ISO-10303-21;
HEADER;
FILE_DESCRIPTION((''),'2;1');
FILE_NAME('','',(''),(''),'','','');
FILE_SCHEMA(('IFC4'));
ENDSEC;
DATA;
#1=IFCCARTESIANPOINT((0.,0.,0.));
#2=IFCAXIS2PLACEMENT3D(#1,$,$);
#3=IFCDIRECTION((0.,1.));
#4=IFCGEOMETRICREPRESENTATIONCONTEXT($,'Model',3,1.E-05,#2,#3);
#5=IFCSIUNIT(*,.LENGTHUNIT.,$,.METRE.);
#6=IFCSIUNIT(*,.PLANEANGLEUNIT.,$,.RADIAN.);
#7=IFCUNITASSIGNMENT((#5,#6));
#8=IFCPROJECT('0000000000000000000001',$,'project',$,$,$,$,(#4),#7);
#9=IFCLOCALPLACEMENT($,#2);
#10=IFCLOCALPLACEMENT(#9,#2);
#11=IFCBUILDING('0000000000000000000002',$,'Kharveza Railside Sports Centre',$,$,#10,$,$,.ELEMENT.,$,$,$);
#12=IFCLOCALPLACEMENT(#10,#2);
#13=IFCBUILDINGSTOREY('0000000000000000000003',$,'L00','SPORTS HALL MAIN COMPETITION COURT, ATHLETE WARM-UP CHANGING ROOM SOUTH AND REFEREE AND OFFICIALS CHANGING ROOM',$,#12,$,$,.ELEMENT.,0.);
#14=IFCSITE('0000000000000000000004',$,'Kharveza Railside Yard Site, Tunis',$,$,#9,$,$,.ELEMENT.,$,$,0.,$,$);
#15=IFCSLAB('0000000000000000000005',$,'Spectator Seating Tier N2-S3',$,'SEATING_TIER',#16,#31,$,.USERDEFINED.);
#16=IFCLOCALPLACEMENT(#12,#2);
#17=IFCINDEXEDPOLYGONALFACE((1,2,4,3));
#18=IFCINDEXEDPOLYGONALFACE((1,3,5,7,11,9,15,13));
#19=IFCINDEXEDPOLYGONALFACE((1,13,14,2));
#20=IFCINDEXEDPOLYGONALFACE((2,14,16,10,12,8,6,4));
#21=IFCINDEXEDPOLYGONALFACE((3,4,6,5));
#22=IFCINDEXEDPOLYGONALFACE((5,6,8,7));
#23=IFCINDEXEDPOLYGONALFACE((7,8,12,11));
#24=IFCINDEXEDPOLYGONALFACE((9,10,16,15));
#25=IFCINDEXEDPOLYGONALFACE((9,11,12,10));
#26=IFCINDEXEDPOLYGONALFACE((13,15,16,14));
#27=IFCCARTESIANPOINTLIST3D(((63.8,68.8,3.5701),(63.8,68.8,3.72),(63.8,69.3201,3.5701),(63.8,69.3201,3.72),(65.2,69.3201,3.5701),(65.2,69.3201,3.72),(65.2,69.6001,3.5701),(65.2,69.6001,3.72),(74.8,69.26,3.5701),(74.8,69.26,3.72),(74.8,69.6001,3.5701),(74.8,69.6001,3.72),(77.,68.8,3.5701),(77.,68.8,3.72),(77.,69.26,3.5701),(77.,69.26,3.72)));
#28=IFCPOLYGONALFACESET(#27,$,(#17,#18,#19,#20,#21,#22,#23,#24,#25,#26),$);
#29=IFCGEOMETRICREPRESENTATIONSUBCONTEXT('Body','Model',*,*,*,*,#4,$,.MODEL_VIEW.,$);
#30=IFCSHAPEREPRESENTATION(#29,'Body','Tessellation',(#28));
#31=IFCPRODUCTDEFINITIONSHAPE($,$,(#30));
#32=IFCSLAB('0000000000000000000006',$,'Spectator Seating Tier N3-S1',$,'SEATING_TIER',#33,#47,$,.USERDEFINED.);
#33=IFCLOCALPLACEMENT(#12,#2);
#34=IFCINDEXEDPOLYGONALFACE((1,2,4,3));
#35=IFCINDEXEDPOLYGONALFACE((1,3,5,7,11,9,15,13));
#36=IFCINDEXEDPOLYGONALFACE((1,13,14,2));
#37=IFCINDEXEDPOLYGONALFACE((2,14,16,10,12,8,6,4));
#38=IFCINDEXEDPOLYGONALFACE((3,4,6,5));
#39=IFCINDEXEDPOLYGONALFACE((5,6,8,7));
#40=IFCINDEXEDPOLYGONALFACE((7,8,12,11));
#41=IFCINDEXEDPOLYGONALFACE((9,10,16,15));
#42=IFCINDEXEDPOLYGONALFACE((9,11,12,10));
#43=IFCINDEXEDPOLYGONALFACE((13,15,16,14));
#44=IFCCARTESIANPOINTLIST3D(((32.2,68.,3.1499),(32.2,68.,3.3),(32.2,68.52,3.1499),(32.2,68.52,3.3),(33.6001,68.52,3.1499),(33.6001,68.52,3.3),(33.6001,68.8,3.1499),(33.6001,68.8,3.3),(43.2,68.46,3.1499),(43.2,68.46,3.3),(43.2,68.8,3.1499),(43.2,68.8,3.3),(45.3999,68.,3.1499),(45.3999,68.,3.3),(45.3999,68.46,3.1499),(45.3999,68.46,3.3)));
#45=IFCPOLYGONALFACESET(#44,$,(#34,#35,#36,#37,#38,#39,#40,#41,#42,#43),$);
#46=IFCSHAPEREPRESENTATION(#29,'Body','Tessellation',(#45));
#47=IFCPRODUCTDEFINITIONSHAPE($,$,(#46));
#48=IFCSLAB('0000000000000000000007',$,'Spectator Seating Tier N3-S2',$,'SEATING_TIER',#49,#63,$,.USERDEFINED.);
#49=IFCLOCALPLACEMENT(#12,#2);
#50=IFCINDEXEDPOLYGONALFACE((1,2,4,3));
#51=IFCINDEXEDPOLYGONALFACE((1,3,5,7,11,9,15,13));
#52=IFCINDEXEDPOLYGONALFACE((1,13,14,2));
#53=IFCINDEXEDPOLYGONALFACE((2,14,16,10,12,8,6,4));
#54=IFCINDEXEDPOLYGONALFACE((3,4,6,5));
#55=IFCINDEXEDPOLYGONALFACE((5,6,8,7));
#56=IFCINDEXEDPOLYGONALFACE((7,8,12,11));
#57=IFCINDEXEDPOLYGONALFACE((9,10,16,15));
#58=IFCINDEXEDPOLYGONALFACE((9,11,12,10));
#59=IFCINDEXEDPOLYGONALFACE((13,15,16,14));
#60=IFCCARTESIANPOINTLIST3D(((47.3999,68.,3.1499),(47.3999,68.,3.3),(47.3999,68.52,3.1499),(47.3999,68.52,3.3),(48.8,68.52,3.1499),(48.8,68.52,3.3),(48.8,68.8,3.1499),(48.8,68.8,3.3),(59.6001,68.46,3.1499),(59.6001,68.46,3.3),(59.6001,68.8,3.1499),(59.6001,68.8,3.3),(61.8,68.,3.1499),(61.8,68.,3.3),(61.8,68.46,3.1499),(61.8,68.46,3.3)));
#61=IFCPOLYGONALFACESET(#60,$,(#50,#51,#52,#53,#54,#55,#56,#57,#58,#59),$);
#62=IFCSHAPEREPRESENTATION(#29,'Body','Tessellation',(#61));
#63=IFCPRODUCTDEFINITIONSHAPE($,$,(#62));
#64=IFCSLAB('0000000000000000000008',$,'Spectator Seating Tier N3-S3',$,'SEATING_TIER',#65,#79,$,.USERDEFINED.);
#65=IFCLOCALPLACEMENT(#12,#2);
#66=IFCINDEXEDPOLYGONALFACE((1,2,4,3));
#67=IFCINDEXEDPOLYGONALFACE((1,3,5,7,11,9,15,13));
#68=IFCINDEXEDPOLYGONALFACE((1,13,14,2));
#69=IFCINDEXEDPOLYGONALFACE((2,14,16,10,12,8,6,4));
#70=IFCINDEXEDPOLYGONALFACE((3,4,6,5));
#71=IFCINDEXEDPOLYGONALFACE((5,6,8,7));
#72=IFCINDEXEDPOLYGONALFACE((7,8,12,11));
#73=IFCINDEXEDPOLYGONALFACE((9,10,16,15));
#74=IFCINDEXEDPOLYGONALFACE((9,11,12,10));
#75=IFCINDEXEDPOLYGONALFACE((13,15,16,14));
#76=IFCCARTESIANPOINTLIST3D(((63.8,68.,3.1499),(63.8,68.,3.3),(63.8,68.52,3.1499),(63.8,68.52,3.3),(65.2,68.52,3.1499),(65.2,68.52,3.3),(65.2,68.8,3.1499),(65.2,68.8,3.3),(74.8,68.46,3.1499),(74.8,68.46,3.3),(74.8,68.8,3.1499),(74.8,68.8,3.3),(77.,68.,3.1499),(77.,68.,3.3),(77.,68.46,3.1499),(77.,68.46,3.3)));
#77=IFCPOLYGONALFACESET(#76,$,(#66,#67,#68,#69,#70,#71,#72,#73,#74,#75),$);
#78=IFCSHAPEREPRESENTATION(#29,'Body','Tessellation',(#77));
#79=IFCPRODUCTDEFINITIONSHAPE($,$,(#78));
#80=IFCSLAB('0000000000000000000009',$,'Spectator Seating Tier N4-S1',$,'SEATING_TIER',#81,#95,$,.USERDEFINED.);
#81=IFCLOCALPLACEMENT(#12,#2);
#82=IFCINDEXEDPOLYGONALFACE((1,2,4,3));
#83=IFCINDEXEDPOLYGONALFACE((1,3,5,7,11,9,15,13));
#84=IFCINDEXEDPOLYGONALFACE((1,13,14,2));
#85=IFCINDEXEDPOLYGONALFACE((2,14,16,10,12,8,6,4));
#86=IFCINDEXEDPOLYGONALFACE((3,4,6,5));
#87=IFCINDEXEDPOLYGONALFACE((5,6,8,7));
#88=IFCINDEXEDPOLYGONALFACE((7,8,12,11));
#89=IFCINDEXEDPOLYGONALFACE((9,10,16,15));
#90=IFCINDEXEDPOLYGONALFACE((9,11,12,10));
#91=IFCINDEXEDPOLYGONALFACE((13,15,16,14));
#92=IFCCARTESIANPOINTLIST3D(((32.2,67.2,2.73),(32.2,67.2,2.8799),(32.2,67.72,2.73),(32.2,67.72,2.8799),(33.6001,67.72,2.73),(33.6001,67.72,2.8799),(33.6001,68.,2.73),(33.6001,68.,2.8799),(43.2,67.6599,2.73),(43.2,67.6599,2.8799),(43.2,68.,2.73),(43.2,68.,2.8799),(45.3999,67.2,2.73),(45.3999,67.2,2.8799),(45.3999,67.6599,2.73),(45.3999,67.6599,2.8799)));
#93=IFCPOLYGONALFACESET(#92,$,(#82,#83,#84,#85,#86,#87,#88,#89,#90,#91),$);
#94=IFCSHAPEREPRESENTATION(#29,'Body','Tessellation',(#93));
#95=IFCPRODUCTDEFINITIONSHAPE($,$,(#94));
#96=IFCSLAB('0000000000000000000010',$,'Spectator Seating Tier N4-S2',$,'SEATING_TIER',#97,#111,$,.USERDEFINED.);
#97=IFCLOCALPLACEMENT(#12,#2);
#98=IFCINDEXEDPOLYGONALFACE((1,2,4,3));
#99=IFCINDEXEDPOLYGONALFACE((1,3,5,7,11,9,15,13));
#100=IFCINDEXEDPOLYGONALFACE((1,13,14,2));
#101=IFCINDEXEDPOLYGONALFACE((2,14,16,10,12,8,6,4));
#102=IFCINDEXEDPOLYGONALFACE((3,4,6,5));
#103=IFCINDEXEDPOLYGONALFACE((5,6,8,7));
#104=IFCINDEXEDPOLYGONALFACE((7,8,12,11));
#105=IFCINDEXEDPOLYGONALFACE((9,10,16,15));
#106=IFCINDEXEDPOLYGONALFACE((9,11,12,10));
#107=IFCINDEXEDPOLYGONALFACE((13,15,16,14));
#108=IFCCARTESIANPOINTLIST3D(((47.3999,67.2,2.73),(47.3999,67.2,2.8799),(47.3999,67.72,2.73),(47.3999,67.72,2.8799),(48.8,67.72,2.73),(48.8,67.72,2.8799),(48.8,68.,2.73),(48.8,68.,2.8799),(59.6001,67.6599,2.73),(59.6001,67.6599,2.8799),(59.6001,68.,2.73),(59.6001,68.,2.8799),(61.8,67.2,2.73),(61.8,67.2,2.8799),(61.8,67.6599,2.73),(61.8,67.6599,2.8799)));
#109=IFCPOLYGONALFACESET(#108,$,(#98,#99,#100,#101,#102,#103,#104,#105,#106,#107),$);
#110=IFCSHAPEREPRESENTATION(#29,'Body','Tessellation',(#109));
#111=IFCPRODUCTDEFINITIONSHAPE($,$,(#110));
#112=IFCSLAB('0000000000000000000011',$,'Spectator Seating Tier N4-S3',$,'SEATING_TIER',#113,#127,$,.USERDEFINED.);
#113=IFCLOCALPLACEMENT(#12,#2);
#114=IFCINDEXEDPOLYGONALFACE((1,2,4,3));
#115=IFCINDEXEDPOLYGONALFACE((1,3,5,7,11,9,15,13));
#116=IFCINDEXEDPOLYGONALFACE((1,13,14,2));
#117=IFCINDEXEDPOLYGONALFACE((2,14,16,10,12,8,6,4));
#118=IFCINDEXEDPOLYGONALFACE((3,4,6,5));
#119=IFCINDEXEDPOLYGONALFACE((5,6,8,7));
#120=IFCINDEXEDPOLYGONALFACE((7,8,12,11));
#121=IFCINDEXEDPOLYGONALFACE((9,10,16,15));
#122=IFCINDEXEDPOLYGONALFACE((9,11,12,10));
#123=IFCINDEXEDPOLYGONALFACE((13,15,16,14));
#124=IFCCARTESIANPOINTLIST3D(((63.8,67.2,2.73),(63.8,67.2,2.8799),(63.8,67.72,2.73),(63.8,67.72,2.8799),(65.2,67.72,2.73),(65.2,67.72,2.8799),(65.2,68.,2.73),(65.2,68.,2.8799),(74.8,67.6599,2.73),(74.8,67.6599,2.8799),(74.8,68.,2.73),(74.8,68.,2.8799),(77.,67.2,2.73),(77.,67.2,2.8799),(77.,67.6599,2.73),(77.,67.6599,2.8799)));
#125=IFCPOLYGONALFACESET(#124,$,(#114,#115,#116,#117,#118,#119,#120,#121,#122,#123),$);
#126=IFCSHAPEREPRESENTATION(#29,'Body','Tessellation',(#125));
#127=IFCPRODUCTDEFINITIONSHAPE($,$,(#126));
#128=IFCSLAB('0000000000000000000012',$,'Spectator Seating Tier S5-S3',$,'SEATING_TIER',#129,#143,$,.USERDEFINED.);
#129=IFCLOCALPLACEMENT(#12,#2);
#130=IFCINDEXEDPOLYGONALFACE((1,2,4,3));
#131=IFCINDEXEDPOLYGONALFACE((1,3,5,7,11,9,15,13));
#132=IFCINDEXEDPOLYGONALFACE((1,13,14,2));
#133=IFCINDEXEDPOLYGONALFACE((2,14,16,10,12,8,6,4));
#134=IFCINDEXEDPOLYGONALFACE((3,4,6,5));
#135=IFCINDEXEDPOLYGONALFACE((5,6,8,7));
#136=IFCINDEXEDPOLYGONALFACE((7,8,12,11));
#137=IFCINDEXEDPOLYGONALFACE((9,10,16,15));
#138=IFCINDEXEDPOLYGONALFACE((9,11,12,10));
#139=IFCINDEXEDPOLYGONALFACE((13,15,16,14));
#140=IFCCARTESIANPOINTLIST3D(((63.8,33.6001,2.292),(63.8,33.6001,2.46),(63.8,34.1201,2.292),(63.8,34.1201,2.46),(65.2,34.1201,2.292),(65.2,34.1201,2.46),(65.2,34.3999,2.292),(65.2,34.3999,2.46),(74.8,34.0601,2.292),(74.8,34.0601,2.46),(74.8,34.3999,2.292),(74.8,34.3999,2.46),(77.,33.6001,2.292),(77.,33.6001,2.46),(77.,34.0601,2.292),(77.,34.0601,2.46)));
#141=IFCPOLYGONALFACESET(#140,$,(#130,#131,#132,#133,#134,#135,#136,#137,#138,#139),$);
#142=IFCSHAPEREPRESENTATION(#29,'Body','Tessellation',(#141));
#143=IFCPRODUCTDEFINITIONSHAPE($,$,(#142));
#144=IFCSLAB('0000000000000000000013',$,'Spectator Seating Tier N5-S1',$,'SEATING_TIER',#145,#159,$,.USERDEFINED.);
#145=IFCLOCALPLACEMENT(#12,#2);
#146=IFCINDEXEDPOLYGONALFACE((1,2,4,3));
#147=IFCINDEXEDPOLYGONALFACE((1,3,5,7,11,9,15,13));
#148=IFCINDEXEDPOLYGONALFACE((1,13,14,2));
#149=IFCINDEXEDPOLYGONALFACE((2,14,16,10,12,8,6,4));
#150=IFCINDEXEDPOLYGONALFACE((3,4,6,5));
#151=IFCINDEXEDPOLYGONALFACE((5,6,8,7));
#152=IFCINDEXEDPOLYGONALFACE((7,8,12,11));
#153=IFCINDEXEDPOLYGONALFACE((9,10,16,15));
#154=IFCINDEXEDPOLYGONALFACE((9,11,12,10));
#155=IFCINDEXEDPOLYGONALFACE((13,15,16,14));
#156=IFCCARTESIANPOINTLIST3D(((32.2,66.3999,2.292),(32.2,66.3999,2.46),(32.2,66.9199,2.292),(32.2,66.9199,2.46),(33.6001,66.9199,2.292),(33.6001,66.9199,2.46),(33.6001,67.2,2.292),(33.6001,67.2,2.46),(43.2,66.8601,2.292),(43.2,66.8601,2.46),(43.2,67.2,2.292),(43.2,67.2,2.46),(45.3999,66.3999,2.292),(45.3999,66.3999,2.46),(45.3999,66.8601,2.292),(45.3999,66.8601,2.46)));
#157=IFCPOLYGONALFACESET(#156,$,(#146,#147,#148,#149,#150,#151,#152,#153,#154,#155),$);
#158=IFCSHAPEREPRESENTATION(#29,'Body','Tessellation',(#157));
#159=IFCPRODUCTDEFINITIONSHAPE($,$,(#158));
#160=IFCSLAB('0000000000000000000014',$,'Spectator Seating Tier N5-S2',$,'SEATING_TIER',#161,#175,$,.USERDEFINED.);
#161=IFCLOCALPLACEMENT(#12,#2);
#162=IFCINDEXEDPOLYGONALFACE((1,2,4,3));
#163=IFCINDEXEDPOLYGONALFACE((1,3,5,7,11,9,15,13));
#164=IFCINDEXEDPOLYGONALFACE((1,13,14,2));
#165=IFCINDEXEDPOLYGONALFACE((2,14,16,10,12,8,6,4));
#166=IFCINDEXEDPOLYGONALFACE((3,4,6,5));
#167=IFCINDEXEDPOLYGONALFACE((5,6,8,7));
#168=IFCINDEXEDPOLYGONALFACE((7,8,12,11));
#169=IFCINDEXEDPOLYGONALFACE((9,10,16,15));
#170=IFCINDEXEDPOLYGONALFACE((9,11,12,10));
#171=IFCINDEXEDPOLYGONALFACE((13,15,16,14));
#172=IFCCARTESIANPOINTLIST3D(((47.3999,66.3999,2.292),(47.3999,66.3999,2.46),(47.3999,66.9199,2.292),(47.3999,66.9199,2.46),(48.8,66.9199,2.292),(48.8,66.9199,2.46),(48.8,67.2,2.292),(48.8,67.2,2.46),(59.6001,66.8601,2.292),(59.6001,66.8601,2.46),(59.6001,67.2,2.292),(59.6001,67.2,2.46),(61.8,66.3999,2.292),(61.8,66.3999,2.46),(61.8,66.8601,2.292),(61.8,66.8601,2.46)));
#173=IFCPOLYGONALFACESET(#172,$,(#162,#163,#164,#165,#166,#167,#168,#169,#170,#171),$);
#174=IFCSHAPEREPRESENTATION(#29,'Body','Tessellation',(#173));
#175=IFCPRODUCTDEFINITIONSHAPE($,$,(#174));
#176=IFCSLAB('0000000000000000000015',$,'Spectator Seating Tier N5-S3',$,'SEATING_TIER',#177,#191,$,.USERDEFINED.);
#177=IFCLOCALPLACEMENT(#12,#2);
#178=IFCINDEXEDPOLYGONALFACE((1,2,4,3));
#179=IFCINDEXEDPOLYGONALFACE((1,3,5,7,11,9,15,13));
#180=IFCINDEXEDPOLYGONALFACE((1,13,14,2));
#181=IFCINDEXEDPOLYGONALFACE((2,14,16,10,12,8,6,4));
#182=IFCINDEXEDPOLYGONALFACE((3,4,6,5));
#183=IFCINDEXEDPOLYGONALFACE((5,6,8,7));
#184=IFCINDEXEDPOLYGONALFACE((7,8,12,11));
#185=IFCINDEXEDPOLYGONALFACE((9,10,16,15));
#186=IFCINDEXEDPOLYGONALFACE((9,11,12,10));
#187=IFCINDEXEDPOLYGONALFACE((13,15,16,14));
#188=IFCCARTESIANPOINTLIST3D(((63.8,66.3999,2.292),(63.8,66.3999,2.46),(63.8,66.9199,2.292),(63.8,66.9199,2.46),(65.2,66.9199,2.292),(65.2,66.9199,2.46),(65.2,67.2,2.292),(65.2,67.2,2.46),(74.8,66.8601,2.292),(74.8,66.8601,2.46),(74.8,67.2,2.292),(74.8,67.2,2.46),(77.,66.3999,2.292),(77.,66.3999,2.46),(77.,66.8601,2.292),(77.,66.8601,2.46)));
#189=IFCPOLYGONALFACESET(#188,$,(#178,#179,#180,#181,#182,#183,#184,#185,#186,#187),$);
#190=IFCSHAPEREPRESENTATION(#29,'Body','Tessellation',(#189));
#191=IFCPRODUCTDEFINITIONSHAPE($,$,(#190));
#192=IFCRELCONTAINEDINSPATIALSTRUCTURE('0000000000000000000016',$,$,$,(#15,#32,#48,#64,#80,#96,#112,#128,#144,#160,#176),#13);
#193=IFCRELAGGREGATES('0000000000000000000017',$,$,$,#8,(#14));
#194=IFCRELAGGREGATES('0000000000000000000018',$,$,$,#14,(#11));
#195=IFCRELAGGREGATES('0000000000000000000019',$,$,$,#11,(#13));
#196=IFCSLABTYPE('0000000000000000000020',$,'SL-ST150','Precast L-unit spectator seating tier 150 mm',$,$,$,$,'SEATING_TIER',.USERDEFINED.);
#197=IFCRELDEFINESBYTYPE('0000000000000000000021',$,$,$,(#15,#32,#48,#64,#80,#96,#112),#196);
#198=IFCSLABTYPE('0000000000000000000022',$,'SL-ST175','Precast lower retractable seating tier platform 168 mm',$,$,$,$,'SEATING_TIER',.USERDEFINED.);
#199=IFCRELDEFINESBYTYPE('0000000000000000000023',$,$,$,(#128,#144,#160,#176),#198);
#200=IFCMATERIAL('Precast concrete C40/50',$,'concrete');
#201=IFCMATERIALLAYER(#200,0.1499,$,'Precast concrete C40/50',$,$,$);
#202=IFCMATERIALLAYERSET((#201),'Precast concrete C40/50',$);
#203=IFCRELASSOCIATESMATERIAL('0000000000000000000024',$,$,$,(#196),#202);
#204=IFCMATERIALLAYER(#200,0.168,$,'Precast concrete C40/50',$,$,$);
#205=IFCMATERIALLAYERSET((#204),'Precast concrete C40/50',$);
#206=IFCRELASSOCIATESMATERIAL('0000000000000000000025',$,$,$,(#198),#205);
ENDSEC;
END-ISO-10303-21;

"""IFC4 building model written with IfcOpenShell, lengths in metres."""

from ifc_helpers import new_model, si_unit, direction, frame, origin, place, context, subcontext, project, spatial, polyline, outline, extrude, material, layer, layer_set, type_object, element, save


model = new_model("IFC4")

# Units and contexts
model_context = context("Model", 3, precision=1e-05, world=origin(), true_north=direction((0.0, 1.0)))
body_context = subcontext(model_context, "Body", "Model", "MODEL_VIEW")
ifc_project = project(units=[si_unit("LENGTHUNIT", "METRE"), si_unit("PLANEANGLEUNIT", "RADIAN")], contexts=[model_context])

# Site, building, storey
site_placement = place(None, origin())
site = spatial("IfcSite", under=ifc_project, at=site_placement, Name="Kharveza Railside Yard Site, Tunis", CompositionType="ELEMENT", RefElevation=0.0)
building_placement = place(site_placement, origin())
building = spatial("IfcBuilding", under=site, at=building_placement, Name="Kharveza Railside Sports Centre", CompositionType="ELEMENT")
storey_placement = place(building_placement, origin())
storey = spatial("IfcBuildingStorey", under=building, at=storey_placement, Name="L00", Description="SPORTS HALL MAIN COMPETITION COURT, ATHLETE WARM-UP CHANGING ROOM SOUTH AND REFEREE AND OFFICIALS CHANGING ROOM", CompositionType="ELEMENT", Elevation=0.0)

# Slabs
ifc_material = material(Name="Precast concrete C40/50", Category="concrete")
ifc_layer_1 = layer(ifc_material, 0.1499, Name="Precast concrete C40/50")
ifc_layer_set_1 = layer_set([ifc_layer_1], Name="Precast concrete C40/50")
slab_type_1 = type_object("IfcSlabType", Name="SL-ST150", Description="Precast L-unit spectator seating tier 150 mm", ElementType="SEATING_TIER", PredefinedType="USERDEFINED", material=ifc_layer_set_1)
slab_1_placement = place(storey_placement, frame((0.0, 0.0, 3.5701)))
element("IfcSlab", 1, at=slab_1_placement, inside=storey, type_object=slab_type_1, Name="Spectator Seating Tier N2-S3", ObjectType="SEATING_TIER", PredefinedType="USERDEFINED", context=body_context, shape_type="SweptSolid", body=[
    extrude(outline(polyline([(63.8, 68.8), (77.0, 68.8), (77.0, 69.26), (74.8, 69.26), (74.8, 69.6001), (65.2, 69.6001), (65.2, 69.3201), (63.8, 69.3201), (63.8, 68.8)])), origin(), (0.0, 0.0, 1.0), 0.1499),
])
slab_2_placement = place(storey_placement, frame((0.0, 0.0, 3.1499)))
element("IfcSlab", 2, at=slab_2_placement, inside=storey, type_object=slab_type_1, Name="Spectator Seating Tier N3-S1", ObjectType="SEATING_TIER", PredefinedType="USERDEFINED", context=body_context, shape_type="SweptSolid", body=[
    extrude(outline(polyline([(32.2, 68.0), (45.3999, 68.0), (45.3999, 68.46), (43.2, 68.46), (43.2, 68.8), (33.6001, 68.8), (33.6001, 68.52), (32.2, 68.52), (32.2, 68.0)])), origin(), (0.0, 0.0, 1.0), 0.1501),
])
slab_3_placement = place(storey_placement, frame((0.0, 0.0, 3.1499)))
element("IfcSlab", 3, at=slab_3_placement, inside=storey, type_object=slab_type_1, Name="Spectator Seating Tier N3-S2", ObjectType="SEATING_TIER", PredefinedType="USERDEFINED", context=body_context, shape_type="SweptSolid", body=[
    extrude(outline(polyline([(47.3999, 68.0), (61.8, 68.0), (61.8, 68.46), (59.6001, 68.46), (59.6001, 68.8), (48.8, 68.8), (48.8, 68.52), (47.3999, 68.52), (47.3999, 68.0)])), origin(), (0.0, 0.0, 1.0), 0.1501),
])
slab_4_placement = place(storey_placement, frame((0.0, 0.0, 3.1499)))
element("IfcSlab", 4, at=slab_4_placement, inside=storey, type_object=slab_type_1, Name="Spectator Seating Tier N3-S3", ObjectType="SEATING_TIER", PredefinedType="USERDEFINED", context=body_context, shape_type="SweptSolid", body=[
    extrude(outline(polyline([(63.8, 68.0), (77.0, 68.0), (77.0, 68.46), (74.8, 68.46), (74.8, 68.8), (65.2, 68.8), (65.2, 68.52), (63.8, 68.52), (63.8, 68.0)])), origin(), (0.0, 0.0, 1.0), 0.1501),
])
slab_5_placement = place(storey_placement, frame((0.0, 0.0, 2.73)))
element("IfcSlab", 5, at=slab_5_placement, inside=storey, type_object=slab_type_1, Name="Spectator Seating Tier N4-S1", ObjectType="SEATING_TIER", PredefinedType="USERDEFINED", context=body_context, shape_type="SweptSolid", body=[
    extrude(outline(polyline([(32.2, 67.2), (45.3999, 67.2), (45.3999, 67.6599), (43.2, 67.6599), (43.2, 68.0), (33.6001, 68.0), (33.6001, 67.72), (32.2, 67.72), (32.2, 67.2)])), origin(), (0.0, 0.0, 1.0), 0.1499),
])
slab_6_placement = place(storey_placement, frame((0.0, 0.0, 2.73)))
element("IfcSlab", 6, at=slab_6_placement, inside=storey, type_object=slab_type_1, Name="Spectator Seating Tier N4-S2", ObjectType="SEATING_TIER", PredefinedType="USERDEFINED", context=body_context, shape_type="SweptSolid", body=[
    extrude(outline(polyline([(47.3999, 67.2), (61.8, 67.2), (61.8, 67.6599), (59.6001, 67.6599), (59.6001, 68.0), (48.8, 68.0), (48.8, 67.72), (47.3999, 67.72), (47.3999, 67.2)])), origin(), (0.0, 0.0, 1.0), 0.1499),
])
slab_7_placement = place(storey_placement, frame((0.0, 0.0, 2.73)))
element("IfcSlab", 7, at=slab_7_placement, inside=storey, type_object=slab_type_1, Name="Spectator Seating Tier N4-S3", ObjectType="SEATING_TIER", PredefinedType="USERDEFINED", context=body_context, shape_type="SweptSolid", body=[
    extrude(outline(polyline([(63.8, 67.2), (77.0, 67.2), (77.0, 67.6599), (74.8, 67.6599), (74.8, 68.0), (65.2, 68.0), (65.2, 67.72), (63.8, 67.72), (63.8, 67.2)])), origin(), (0.0, 0.0, 1.0), 0.1499),
])
ifc_layer_2 = layer(ifc_material, 0.168, Name="Precast concrete C40/50")
ifc_layer_set_2 = layer_set([ifc_layer_2], Name="Precast concrete C40/50")
slab_type_2 = type_object("IfcSlabType", Name="SL-ST175", Description="Precast lower retractable seating tier platform 168 mm", ElementType="SEATING_TIER", PredefinedType="USERDEFINED", material=ifc_layer_set_2)
slab_8_placement = place(storey_placement, frame((0.0, 0.0, 2.292)))
element("IfcSlab", 8, at=slab_8_placement, inside=storey, type_object=slab_type_2, Name="Spectator Seating Tier S5-S3", ObjectType="SEATING_TIER", PredefinedType="USERDEFINED", context=body_context, shape_type="SweptSolid", body=[
    extrude(outline(polyline([(63.8, 33.6001), (77.0, 33.6001), (77.0, 34.0601), (74.8, 34.0601), (74.8, 34.3999), (65.2, 34.3999), (65.2, 34.1201), (63.8, 34.1201), (63.8, 33.6001)])), origin(), (0.0, 0.0, 1.0), 0.168),
])
slab_9_placement = place(storey_placement, frame((0.0, 0.0, 2.292)))
element("IfcSlab", 9, at=slab_9_placement, inside=storey, type_object=slab_type_2, Name="Spectator Seating Tier N5-S1", ObjectType="SEATING_TIER", PredefinedType="USERDEFINED", context=body_context, shape_type="SweptSolid", body=[
    extrude(outline(polyline([(32.2, 66.3999), (45.3999, 66.3999), (45.3999, 66.8601), (43.2, 66.8601), (43.2, 67.2), (33.6001, 67.2), (33.6001, 66.9199), (32.2, 66.9199), (32.2, 66.3999)])), origin(), (0.0, 0.0, 1.0), 0.168),
])
slab_10_placement = place(storey_placement, frame((0.0, 0.0, 2.292)))
element("IfcSlab", 10, at=slab_10_placement, inside=storey, type_object=slab_type_2, Name="Spectator Seating Tier N5-S2", ObjectType="SEATING_TIER", PredefinedType="USERDEFINED", context=body_context, shape_type="SweptSolid", body=[
    extrude(outline(polyline([(47.3999, 66.3999), (61.8, 66.3999), (61.8, 66.8601), (59.6001, 66.8601), (59.6001, 67.2), (48.8, 67.2), (48.8, 66.9199), (47.3999, 66.9199), (47.3999, 66.3999)])), origin(), (0.0, 0.0, 1.0), 0.168),
])
slab_11_placement = place(storey_placement, frame((0.0, 0.0, 2.292)))
element("IfcSlab", 11, at=slab_11_placement, inside=storey, type_object=slab_type_2, Name="Spectator Seating Tier N5-S3", ObjectType="SEATING_TIER", PredefinedType="USERDEFINED", context=body_context, shape_type="SweptSolid", body=[
    extrude(outline(polyline([(63.8, 66.3999), (77.0, 66.3999), (77.0, 66.8601), (74.8, 66.8601), (74.8, 67.2), (65.2, 67.2), (65.2, 66.9199), (63.8, 66.9199), (63.8, 66.3999)])), origin(), (0.0, 0.0, 1.0), 0.168),
])

save(model, "model.ifc")
